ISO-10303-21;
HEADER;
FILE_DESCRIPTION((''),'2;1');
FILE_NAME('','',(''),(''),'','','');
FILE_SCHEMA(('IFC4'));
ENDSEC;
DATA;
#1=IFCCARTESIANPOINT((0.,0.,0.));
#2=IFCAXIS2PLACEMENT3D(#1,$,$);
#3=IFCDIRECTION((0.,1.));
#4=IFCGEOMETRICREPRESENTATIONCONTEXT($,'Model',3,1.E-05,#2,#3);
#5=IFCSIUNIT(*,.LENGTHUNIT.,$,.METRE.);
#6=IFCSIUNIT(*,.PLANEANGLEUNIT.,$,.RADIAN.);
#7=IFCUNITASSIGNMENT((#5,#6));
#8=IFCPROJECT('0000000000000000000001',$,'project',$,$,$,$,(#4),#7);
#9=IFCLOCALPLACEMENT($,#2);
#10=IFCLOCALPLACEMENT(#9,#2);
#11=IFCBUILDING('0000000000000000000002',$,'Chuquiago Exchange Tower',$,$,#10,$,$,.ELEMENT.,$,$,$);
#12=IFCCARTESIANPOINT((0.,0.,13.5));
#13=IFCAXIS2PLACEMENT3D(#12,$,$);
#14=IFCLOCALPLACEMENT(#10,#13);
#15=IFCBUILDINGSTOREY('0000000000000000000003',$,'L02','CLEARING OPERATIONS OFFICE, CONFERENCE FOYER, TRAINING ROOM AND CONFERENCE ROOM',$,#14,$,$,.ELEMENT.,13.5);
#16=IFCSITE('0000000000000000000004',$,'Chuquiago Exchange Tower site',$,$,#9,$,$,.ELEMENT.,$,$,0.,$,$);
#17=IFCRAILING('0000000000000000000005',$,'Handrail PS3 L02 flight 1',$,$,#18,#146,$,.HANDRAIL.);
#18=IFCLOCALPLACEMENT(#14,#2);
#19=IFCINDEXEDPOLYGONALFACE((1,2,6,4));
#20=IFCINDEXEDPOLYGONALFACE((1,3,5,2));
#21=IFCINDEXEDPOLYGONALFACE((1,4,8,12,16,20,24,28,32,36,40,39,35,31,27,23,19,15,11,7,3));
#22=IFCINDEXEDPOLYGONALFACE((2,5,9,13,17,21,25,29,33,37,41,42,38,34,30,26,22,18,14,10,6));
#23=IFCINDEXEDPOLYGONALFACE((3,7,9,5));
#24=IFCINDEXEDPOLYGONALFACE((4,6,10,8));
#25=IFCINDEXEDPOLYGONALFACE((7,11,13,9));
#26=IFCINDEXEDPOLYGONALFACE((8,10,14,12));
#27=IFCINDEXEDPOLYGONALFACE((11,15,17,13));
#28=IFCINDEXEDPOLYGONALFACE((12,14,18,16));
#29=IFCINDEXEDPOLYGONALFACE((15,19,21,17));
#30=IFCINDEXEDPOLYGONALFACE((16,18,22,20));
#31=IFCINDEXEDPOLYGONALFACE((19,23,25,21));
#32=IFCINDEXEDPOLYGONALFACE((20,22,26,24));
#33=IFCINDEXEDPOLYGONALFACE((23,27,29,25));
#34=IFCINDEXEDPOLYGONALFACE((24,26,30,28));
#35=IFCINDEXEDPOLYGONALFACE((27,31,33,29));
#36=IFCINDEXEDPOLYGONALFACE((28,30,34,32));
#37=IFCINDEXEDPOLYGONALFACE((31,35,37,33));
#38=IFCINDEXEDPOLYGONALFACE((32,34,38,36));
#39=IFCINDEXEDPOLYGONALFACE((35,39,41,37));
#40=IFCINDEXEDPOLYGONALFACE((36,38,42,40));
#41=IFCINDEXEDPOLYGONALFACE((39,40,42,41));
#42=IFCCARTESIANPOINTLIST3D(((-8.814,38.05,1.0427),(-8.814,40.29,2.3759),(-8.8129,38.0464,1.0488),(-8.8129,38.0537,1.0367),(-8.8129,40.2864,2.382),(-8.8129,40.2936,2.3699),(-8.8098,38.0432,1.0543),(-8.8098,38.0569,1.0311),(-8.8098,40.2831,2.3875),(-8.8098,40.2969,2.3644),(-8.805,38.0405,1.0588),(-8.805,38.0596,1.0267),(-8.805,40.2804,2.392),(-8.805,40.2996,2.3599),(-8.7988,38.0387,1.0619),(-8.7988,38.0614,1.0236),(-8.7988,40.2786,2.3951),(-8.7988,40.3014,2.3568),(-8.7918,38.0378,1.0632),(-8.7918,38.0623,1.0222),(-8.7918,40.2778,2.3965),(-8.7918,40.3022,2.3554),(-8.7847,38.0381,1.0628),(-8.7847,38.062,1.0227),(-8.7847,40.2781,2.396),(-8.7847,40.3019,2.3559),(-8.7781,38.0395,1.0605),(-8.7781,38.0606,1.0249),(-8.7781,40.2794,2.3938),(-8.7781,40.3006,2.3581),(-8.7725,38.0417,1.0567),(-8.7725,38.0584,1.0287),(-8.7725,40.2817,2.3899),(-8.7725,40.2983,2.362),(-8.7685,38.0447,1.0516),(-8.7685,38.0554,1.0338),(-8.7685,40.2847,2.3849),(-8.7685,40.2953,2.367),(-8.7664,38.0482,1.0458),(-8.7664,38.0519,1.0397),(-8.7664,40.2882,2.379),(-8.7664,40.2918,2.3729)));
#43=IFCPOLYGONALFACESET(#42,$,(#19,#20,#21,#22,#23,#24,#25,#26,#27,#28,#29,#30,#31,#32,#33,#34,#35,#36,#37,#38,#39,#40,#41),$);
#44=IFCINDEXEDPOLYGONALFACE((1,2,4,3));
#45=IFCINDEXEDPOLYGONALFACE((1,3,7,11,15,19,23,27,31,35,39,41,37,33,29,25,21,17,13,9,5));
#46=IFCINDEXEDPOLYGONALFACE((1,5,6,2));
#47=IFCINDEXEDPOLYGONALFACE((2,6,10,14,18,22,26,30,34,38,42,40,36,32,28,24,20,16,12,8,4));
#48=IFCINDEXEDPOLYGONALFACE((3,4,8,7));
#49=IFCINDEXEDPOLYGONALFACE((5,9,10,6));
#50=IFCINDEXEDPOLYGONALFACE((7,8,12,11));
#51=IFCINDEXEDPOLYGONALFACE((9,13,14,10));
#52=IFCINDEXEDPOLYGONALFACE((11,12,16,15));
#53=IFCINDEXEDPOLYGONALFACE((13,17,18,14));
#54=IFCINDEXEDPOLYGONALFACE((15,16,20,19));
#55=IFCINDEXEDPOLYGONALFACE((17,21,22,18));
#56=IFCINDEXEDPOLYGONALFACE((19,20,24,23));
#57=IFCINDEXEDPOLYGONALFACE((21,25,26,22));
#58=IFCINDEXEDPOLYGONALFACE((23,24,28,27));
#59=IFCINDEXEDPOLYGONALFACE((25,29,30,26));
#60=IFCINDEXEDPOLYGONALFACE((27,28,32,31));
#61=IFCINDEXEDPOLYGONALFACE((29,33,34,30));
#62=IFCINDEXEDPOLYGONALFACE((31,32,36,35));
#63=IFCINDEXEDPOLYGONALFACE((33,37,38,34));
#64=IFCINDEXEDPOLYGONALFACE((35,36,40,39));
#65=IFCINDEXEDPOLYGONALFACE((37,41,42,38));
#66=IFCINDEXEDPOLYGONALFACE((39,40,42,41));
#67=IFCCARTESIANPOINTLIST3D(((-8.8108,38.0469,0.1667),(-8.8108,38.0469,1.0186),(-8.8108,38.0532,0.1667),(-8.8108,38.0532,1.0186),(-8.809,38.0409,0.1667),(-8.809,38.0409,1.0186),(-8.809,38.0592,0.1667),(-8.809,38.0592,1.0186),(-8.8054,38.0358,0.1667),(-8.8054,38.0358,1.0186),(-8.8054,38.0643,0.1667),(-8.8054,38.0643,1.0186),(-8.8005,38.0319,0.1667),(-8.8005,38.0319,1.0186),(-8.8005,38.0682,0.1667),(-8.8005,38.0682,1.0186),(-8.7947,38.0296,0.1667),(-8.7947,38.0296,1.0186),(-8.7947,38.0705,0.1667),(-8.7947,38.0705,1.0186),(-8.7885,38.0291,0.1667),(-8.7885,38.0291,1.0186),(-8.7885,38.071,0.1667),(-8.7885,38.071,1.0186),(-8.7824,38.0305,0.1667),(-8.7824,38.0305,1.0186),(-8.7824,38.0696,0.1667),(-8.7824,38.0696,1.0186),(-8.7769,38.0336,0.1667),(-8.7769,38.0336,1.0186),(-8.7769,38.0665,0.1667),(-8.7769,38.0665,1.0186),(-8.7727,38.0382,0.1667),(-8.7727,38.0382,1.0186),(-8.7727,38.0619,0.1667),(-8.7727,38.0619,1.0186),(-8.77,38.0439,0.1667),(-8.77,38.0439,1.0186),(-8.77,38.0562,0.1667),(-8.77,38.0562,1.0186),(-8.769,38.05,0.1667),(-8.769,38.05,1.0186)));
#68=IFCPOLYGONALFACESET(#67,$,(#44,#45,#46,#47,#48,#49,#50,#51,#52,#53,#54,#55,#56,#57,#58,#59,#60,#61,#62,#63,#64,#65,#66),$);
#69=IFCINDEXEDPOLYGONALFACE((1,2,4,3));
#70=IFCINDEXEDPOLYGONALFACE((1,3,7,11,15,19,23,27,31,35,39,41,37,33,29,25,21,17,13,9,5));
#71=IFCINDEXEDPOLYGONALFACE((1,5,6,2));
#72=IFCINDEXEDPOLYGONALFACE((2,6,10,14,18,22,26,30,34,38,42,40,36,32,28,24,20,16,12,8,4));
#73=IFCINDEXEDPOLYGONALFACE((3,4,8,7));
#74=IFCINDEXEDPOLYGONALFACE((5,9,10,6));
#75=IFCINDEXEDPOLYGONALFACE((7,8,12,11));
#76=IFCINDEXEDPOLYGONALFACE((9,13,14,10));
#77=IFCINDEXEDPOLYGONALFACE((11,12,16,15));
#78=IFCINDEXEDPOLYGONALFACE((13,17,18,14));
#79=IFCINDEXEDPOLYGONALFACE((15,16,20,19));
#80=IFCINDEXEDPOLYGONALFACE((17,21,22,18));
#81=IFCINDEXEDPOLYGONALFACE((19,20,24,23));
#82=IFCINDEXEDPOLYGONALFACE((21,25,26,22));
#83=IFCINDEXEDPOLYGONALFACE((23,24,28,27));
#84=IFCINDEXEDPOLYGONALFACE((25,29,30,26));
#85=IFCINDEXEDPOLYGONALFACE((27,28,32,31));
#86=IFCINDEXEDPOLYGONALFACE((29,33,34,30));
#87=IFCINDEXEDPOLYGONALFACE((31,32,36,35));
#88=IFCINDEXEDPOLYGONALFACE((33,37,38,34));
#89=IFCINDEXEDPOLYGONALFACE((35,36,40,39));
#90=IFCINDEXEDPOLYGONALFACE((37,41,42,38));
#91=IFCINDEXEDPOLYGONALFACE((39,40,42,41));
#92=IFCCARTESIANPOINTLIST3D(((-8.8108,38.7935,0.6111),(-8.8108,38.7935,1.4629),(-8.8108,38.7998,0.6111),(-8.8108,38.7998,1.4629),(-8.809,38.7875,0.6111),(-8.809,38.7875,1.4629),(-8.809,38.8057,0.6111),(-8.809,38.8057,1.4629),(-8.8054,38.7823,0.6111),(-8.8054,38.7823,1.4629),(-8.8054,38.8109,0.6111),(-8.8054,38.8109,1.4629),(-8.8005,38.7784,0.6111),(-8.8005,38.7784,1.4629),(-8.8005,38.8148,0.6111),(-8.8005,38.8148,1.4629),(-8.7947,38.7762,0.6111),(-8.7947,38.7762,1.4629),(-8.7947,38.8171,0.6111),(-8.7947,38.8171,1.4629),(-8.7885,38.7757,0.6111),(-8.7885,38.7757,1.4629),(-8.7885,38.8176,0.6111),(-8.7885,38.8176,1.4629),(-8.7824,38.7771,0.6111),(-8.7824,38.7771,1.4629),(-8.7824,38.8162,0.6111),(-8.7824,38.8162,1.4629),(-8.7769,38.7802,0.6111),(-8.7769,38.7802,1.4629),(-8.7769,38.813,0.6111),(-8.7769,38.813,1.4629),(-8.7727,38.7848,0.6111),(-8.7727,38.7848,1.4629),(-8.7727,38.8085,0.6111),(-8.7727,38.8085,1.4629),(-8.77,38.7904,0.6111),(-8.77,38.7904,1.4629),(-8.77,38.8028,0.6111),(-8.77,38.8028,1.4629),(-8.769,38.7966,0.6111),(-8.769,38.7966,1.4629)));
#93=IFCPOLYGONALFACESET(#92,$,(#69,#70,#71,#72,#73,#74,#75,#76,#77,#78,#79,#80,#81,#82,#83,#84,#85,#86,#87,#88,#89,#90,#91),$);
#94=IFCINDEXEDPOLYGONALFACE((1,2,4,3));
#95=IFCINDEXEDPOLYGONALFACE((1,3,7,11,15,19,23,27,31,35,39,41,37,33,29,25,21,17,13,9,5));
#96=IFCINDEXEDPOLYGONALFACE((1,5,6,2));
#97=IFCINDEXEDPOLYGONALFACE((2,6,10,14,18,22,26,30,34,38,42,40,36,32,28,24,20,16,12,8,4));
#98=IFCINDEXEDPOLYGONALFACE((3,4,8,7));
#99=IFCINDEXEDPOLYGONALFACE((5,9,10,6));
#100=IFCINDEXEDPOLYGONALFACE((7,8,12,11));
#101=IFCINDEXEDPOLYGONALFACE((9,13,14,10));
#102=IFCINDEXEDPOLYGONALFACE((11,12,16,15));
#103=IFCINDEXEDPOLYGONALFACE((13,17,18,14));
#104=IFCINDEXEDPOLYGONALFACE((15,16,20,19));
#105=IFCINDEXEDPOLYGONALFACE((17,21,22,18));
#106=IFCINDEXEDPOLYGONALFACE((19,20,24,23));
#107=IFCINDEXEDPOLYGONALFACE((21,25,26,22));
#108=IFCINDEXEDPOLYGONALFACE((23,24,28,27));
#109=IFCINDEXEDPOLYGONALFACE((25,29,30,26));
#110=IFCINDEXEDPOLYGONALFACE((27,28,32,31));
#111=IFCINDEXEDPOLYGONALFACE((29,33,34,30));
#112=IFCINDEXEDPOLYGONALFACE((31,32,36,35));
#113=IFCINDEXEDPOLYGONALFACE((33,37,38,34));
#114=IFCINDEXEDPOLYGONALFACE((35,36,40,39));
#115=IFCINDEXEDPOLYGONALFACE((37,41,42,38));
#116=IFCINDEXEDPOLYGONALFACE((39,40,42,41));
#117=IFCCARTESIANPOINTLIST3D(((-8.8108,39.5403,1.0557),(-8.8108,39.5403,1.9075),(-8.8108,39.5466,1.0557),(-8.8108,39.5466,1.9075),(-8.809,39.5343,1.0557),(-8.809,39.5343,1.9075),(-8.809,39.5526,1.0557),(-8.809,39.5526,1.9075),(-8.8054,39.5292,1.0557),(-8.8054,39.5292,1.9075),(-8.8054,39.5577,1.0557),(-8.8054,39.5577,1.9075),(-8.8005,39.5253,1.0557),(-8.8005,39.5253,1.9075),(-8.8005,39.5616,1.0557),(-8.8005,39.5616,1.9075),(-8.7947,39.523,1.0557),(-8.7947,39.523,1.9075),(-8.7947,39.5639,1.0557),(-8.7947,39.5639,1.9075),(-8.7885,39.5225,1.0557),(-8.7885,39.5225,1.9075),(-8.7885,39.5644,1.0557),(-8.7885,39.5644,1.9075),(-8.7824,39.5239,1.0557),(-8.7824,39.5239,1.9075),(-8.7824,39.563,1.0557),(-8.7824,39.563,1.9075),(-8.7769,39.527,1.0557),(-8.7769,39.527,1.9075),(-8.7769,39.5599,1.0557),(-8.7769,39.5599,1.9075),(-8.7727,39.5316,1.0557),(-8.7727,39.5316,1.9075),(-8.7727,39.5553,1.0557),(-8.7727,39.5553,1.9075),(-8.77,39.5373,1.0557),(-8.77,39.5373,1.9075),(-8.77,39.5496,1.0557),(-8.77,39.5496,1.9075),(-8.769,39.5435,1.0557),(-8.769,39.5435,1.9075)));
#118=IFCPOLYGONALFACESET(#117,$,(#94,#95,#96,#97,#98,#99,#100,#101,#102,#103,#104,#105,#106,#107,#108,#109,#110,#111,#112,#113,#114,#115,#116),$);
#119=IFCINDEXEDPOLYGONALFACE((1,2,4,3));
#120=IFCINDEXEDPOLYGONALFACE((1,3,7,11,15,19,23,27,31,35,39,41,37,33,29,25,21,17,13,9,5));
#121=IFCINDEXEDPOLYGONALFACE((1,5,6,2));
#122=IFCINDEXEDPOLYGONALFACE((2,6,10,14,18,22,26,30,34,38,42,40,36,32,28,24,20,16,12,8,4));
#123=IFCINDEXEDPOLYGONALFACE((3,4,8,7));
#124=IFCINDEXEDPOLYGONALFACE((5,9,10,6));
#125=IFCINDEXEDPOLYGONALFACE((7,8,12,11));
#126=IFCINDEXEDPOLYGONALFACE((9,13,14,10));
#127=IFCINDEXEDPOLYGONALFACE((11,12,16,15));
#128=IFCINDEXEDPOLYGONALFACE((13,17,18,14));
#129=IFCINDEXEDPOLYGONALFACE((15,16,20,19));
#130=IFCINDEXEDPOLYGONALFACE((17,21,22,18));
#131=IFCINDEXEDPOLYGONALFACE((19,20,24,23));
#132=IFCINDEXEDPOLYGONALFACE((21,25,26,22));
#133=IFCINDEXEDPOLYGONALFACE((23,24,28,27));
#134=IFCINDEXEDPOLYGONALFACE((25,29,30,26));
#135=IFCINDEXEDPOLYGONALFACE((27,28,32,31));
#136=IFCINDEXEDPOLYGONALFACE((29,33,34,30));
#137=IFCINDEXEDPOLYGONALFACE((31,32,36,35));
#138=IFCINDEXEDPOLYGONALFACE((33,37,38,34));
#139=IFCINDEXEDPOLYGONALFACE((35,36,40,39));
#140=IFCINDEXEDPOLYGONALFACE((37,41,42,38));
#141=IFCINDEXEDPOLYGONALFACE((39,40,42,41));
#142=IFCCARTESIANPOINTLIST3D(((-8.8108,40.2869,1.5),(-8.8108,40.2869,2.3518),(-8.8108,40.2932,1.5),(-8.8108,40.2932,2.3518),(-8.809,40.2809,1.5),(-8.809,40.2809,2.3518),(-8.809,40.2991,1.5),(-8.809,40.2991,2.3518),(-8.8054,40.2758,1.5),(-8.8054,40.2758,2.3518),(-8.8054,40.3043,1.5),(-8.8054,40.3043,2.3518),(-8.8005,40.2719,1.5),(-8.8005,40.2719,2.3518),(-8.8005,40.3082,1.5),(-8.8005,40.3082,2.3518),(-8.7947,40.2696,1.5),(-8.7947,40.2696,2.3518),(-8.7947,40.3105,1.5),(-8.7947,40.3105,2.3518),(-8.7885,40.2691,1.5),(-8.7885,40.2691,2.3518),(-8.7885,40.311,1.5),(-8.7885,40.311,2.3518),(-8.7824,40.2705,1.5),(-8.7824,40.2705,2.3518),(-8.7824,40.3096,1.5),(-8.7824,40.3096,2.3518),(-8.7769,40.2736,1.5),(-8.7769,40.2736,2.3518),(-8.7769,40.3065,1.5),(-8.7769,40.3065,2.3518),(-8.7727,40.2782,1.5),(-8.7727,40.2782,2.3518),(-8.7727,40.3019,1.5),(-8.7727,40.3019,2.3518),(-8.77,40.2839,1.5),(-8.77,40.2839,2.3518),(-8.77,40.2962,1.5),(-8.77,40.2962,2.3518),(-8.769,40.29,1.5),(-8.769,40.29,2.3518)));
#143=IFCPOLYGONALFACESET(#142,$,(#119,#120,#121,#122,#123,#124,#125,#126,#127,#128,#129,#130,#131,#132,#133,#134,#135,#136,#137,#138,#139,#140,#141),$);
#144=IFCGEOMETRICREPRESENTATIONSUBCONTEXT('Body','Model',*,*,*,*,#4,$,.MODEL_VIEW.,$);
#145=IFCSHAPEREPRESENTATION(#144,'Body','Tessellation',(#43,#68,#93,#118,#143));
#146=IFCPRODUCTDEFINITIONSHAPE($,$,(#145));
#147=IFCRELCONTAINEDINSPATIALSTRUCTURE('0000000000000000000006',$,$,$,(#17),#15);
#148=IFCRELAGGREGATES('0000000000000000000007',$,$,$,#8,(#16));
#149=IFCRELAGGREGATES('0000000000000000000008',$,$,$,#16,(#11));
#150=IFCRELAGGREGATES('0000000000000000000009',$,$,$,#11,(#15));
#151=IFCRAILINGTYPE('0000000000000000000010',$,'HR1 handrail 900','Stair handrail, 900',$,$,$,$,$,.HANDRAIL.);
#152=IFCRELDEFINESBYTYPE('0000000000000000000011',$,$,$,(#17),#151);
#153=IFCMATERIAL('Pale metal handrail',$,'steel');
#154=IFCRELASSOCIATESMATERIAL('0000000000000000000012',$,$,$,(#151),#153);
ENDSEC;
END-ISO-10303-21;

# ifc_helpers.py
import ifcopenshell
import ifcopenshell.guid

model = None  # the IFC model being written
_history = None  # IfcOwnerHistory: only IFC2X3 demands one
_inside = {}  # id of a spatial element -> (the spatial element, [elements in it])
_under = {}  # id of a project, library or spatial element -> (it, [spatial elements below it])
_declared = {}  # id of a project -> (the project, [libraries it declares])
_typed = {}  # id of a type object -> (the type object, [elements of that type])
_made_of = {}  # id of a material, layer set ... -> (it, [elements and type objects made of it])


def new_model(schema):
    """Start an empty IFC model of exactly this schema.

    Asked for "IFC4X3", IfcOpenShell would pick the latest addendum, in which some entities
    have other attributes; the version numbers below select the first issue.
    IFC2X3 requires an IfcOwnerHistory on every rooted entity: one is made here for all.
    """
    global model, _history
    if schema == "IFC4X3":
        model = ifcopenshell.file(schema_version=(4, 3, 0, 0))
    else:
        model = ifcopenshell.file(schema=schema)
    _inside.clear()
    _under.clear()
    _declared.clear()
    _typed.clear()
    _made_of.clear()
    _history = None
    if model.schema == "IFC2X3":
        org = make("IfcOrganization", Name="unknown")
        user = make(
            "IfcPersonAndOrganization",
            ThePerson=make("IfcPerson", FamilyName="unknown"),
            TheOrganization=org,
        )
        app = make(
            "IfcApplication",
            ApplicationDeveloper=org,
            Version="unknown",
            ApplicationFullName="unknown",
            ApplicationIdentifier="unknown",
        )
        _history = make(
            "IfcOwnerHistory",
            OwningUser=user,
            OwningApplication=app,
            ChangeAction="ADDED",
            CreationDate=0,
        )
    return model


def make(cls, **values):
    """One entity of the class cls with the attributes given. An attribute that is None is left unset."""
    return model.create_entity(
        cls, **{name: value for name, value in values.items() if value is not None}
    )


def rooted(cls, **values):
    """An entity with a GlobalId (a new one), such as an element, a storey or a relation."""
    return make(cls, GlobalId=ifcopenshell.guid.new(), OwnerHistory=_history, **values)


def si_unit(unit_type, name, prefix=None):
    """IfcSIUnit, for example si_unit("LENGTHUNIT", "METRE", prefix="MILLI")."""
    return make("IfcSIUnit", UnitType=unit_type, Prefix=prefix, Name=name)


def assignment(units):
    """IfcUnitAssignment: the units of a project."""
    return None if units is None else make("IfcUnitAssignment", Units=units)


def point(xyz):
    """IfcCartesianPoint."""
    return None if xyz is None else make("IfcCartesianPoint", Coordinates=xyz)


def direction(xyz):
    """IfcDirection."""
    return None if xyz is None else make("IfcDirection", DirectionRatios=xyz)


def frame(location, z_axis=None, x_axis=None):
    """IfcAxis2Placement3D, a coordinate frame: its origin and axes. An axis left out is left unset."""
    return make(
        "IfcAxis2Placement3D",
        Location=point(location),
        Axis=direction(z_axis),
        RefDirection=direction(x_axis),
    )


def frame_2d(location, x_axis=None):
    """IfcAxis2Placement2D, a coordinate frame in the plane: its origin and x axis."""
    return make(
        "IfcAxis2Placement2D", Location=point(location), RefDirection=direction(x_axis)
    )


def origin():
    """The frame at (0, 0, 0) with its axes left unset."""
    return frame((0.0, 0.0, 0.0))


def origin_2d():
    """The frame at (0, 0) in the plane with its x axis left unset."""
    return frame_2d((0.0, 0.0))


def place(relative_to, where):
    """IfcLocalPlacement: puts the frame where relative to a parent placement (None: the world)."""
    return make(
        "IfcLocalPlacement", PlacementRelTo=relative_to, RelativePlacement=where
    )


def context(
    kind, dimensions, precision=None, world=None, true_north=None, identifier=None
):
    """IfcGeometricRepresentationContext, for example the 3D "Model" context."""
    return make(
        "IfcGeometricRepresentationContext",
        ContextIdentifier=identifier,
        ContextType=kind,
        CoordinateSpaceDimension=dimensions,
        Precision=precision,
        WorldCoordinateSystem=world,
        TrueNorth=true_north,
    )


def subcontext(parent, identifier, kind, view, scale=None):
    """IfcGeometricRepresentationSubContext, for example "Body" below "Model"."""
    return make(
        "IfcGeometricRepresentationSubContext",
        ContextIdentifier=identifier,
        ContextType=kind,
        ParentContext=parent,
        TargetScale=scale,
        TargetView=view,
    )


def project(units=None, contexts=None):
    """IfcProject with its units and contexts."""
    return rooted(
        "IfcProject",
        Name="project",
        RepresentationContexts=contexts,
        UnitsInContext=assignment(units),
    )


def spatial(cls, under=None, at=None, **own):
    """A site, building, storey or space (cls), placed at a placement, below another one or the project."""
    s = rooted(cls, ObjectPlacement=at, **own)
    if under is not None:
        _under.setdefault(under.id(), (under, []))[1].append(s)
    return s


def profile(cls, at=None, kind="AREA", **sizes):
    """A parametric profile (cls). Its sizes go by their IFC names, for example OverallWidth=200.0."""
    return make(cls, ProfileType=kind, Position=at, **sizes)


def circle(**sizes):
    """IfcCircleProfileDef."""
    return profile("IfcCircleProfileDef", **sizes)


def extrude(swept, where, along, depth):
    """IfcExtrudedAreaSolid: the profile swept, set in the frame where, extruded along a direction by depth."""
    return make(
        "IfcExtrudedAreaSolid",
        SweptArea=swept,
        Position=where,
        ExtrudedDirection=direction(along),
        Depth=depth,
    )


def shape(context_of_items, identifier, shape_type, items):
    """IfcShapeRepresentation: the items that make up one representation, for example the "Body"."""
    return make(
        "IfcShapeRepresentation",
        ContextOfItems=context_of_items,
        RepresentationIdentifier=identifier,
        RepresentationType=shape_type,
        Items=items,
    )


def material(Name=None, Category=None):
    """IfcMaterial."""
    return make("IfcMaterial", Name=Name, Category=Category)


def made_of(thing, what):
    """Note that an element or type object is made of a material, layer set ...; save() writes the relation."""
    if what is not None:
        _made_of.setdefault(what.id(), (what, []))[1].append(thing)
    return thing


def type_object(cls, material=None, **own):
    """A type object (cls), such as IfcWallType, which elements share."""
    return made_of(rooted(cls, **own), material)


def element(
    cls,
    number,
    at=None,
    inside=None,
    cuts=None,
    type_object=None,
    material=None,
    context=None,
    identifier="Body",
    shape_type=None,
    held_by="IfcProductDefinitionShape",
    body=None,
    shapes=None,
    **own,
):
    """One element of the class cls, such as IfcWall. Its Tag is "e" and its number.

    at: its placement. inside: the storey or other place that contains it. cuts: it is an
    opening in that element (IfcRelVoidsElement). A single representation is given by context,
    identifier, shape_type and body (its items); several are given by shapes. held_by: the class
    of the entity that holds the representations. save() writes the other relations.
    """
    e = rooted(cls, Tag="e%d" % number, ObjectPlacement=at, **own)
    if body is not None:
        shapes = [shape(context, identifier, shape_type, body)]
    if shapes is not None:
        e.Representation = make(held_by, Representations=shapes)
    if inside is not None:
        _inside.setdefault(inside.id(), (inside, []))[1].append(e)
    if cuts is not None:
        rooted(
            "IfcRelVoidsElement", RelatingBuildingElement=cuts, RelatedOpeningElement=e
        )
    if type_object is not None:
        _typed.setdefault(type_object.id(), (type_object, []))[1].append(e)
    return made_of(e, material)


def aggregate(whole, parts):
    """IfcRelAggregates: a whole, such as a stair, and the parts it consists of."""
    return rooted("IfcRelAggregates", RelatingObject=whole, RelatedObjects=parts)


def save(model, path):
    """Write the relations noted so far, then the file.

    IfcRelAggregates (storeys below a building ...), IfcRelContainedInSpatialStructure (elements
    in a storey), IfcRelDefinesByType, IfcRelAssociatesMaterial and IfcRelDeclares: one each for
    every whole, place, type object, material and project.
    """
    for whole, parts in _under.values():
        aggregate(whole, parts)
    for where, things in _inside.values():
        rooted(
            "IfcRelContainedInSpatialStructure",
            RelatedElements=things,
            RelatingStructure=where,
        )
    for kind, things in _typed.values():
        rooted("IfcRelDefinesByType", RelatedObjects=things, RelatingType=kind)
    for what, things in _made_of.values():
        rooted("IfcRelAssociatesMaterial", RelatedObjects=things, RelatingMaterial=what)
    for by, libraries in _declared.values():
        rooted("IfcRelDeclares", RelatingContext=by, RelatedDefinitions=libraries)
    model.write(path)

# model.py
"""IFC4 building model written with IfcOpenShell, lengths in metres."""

from ifc_helpers import new_model, si_unit, direction, frame, origin, origin_2d, place, context, subcontext, project, spatial, circle, extrude, material, type_object, element, save


model = new_model("IFC4")

# Units and contexts
model_context = context("Model", 3, precision=1e-05, world=origin(), true_north=direction((0.0, 1.0)))
body_context = subcontext(model_context, "Body", "Model", "MODEL_VIEW")
ifc_project = project(units=[si_unit("LENGTHUNIT", "METRE"), si_unit("PLANEANGLEUNIT", "RADIAN")], contexts=[model_context])

# Site, building, storey
site_placement = place(None, origin())
site = spatial("IfcSite", under=ifc_project, at=site_placement, Name="Chuquiago Exchange Tower site", CompositionType="ELEMENT", RefElevation=0.0)
building_placement = place(site_placement, origin())
building = spatial("IfcBuilding", under=site, at=building_placement, Name="Chuquiago Exchange Tower", CompositionType="ELEMENT")
storey_placement = place(building_placement, frame((0.0, 0.0, 13.5)))
storey = spatial("IfcBuildingStorey", under=building, at=storey_placement, Name="L02", Description="CLEARING OPERATIONS OFFICE, CONFERENCE FOYER, TRAINING ROOM AND CONFERENCE ROOM", CompositionType="ELEMENT", Elevation=13.5)

# Railing
ifc_material_1 = material(Name="Pale metal handrail", Category="steel")
railing_type = type_object("IfcRailingType", Name="HR1 handrail 900", Description="Stair handrail, 900", PredefinedType="HANDRAIL", material=ifc_material_1)
for number, where, name in (
    (1, (-8.79, 38.05, 0.1667), "Handrail PS3 L02 flight 1"),
):
    element("IfcRailing", number, at=place(storey_placement, frame(where)), inside=storey, type_object=railing_type, Name=name, PredefinedType="HANDRAIL", context=body_context, shape_type="SweptSolid", body=[
        extrude(circle(Radius=0.0239, at=origin_2d()), frame((0.0, 0.0, 0.876), z_axis=(0.0, 0.859306, 0.511462), x_axis=(-1.0, 0.0, 0.0)), (0.0, 0.0, 1.0), 2.6067),
        extrude(circle(Radius=0.021, at=origin_2d()), origin(), (0.0, 0.0, 1.0), 0.8518),
        extrude(circle(Radius=0.021, at=origin_2d()), frame((0.0, 0.7466, 0.4443)), (0.0, 0.0, 1.0), 0.8518),
        extrude(circle(Radius=0.021, at=origin_2d()), frame((0.0, 1.4934, 0.8889)), (0.0, 0.0, 1.0), 0.8518),
        extrude(circle(Radius=0.021, at=origin_2d()), frame((0.0, 2.24, 1.3333)), (0.0, 0.0, 1.0), 0.8518),
    ])

save(model, "model.ifc")
